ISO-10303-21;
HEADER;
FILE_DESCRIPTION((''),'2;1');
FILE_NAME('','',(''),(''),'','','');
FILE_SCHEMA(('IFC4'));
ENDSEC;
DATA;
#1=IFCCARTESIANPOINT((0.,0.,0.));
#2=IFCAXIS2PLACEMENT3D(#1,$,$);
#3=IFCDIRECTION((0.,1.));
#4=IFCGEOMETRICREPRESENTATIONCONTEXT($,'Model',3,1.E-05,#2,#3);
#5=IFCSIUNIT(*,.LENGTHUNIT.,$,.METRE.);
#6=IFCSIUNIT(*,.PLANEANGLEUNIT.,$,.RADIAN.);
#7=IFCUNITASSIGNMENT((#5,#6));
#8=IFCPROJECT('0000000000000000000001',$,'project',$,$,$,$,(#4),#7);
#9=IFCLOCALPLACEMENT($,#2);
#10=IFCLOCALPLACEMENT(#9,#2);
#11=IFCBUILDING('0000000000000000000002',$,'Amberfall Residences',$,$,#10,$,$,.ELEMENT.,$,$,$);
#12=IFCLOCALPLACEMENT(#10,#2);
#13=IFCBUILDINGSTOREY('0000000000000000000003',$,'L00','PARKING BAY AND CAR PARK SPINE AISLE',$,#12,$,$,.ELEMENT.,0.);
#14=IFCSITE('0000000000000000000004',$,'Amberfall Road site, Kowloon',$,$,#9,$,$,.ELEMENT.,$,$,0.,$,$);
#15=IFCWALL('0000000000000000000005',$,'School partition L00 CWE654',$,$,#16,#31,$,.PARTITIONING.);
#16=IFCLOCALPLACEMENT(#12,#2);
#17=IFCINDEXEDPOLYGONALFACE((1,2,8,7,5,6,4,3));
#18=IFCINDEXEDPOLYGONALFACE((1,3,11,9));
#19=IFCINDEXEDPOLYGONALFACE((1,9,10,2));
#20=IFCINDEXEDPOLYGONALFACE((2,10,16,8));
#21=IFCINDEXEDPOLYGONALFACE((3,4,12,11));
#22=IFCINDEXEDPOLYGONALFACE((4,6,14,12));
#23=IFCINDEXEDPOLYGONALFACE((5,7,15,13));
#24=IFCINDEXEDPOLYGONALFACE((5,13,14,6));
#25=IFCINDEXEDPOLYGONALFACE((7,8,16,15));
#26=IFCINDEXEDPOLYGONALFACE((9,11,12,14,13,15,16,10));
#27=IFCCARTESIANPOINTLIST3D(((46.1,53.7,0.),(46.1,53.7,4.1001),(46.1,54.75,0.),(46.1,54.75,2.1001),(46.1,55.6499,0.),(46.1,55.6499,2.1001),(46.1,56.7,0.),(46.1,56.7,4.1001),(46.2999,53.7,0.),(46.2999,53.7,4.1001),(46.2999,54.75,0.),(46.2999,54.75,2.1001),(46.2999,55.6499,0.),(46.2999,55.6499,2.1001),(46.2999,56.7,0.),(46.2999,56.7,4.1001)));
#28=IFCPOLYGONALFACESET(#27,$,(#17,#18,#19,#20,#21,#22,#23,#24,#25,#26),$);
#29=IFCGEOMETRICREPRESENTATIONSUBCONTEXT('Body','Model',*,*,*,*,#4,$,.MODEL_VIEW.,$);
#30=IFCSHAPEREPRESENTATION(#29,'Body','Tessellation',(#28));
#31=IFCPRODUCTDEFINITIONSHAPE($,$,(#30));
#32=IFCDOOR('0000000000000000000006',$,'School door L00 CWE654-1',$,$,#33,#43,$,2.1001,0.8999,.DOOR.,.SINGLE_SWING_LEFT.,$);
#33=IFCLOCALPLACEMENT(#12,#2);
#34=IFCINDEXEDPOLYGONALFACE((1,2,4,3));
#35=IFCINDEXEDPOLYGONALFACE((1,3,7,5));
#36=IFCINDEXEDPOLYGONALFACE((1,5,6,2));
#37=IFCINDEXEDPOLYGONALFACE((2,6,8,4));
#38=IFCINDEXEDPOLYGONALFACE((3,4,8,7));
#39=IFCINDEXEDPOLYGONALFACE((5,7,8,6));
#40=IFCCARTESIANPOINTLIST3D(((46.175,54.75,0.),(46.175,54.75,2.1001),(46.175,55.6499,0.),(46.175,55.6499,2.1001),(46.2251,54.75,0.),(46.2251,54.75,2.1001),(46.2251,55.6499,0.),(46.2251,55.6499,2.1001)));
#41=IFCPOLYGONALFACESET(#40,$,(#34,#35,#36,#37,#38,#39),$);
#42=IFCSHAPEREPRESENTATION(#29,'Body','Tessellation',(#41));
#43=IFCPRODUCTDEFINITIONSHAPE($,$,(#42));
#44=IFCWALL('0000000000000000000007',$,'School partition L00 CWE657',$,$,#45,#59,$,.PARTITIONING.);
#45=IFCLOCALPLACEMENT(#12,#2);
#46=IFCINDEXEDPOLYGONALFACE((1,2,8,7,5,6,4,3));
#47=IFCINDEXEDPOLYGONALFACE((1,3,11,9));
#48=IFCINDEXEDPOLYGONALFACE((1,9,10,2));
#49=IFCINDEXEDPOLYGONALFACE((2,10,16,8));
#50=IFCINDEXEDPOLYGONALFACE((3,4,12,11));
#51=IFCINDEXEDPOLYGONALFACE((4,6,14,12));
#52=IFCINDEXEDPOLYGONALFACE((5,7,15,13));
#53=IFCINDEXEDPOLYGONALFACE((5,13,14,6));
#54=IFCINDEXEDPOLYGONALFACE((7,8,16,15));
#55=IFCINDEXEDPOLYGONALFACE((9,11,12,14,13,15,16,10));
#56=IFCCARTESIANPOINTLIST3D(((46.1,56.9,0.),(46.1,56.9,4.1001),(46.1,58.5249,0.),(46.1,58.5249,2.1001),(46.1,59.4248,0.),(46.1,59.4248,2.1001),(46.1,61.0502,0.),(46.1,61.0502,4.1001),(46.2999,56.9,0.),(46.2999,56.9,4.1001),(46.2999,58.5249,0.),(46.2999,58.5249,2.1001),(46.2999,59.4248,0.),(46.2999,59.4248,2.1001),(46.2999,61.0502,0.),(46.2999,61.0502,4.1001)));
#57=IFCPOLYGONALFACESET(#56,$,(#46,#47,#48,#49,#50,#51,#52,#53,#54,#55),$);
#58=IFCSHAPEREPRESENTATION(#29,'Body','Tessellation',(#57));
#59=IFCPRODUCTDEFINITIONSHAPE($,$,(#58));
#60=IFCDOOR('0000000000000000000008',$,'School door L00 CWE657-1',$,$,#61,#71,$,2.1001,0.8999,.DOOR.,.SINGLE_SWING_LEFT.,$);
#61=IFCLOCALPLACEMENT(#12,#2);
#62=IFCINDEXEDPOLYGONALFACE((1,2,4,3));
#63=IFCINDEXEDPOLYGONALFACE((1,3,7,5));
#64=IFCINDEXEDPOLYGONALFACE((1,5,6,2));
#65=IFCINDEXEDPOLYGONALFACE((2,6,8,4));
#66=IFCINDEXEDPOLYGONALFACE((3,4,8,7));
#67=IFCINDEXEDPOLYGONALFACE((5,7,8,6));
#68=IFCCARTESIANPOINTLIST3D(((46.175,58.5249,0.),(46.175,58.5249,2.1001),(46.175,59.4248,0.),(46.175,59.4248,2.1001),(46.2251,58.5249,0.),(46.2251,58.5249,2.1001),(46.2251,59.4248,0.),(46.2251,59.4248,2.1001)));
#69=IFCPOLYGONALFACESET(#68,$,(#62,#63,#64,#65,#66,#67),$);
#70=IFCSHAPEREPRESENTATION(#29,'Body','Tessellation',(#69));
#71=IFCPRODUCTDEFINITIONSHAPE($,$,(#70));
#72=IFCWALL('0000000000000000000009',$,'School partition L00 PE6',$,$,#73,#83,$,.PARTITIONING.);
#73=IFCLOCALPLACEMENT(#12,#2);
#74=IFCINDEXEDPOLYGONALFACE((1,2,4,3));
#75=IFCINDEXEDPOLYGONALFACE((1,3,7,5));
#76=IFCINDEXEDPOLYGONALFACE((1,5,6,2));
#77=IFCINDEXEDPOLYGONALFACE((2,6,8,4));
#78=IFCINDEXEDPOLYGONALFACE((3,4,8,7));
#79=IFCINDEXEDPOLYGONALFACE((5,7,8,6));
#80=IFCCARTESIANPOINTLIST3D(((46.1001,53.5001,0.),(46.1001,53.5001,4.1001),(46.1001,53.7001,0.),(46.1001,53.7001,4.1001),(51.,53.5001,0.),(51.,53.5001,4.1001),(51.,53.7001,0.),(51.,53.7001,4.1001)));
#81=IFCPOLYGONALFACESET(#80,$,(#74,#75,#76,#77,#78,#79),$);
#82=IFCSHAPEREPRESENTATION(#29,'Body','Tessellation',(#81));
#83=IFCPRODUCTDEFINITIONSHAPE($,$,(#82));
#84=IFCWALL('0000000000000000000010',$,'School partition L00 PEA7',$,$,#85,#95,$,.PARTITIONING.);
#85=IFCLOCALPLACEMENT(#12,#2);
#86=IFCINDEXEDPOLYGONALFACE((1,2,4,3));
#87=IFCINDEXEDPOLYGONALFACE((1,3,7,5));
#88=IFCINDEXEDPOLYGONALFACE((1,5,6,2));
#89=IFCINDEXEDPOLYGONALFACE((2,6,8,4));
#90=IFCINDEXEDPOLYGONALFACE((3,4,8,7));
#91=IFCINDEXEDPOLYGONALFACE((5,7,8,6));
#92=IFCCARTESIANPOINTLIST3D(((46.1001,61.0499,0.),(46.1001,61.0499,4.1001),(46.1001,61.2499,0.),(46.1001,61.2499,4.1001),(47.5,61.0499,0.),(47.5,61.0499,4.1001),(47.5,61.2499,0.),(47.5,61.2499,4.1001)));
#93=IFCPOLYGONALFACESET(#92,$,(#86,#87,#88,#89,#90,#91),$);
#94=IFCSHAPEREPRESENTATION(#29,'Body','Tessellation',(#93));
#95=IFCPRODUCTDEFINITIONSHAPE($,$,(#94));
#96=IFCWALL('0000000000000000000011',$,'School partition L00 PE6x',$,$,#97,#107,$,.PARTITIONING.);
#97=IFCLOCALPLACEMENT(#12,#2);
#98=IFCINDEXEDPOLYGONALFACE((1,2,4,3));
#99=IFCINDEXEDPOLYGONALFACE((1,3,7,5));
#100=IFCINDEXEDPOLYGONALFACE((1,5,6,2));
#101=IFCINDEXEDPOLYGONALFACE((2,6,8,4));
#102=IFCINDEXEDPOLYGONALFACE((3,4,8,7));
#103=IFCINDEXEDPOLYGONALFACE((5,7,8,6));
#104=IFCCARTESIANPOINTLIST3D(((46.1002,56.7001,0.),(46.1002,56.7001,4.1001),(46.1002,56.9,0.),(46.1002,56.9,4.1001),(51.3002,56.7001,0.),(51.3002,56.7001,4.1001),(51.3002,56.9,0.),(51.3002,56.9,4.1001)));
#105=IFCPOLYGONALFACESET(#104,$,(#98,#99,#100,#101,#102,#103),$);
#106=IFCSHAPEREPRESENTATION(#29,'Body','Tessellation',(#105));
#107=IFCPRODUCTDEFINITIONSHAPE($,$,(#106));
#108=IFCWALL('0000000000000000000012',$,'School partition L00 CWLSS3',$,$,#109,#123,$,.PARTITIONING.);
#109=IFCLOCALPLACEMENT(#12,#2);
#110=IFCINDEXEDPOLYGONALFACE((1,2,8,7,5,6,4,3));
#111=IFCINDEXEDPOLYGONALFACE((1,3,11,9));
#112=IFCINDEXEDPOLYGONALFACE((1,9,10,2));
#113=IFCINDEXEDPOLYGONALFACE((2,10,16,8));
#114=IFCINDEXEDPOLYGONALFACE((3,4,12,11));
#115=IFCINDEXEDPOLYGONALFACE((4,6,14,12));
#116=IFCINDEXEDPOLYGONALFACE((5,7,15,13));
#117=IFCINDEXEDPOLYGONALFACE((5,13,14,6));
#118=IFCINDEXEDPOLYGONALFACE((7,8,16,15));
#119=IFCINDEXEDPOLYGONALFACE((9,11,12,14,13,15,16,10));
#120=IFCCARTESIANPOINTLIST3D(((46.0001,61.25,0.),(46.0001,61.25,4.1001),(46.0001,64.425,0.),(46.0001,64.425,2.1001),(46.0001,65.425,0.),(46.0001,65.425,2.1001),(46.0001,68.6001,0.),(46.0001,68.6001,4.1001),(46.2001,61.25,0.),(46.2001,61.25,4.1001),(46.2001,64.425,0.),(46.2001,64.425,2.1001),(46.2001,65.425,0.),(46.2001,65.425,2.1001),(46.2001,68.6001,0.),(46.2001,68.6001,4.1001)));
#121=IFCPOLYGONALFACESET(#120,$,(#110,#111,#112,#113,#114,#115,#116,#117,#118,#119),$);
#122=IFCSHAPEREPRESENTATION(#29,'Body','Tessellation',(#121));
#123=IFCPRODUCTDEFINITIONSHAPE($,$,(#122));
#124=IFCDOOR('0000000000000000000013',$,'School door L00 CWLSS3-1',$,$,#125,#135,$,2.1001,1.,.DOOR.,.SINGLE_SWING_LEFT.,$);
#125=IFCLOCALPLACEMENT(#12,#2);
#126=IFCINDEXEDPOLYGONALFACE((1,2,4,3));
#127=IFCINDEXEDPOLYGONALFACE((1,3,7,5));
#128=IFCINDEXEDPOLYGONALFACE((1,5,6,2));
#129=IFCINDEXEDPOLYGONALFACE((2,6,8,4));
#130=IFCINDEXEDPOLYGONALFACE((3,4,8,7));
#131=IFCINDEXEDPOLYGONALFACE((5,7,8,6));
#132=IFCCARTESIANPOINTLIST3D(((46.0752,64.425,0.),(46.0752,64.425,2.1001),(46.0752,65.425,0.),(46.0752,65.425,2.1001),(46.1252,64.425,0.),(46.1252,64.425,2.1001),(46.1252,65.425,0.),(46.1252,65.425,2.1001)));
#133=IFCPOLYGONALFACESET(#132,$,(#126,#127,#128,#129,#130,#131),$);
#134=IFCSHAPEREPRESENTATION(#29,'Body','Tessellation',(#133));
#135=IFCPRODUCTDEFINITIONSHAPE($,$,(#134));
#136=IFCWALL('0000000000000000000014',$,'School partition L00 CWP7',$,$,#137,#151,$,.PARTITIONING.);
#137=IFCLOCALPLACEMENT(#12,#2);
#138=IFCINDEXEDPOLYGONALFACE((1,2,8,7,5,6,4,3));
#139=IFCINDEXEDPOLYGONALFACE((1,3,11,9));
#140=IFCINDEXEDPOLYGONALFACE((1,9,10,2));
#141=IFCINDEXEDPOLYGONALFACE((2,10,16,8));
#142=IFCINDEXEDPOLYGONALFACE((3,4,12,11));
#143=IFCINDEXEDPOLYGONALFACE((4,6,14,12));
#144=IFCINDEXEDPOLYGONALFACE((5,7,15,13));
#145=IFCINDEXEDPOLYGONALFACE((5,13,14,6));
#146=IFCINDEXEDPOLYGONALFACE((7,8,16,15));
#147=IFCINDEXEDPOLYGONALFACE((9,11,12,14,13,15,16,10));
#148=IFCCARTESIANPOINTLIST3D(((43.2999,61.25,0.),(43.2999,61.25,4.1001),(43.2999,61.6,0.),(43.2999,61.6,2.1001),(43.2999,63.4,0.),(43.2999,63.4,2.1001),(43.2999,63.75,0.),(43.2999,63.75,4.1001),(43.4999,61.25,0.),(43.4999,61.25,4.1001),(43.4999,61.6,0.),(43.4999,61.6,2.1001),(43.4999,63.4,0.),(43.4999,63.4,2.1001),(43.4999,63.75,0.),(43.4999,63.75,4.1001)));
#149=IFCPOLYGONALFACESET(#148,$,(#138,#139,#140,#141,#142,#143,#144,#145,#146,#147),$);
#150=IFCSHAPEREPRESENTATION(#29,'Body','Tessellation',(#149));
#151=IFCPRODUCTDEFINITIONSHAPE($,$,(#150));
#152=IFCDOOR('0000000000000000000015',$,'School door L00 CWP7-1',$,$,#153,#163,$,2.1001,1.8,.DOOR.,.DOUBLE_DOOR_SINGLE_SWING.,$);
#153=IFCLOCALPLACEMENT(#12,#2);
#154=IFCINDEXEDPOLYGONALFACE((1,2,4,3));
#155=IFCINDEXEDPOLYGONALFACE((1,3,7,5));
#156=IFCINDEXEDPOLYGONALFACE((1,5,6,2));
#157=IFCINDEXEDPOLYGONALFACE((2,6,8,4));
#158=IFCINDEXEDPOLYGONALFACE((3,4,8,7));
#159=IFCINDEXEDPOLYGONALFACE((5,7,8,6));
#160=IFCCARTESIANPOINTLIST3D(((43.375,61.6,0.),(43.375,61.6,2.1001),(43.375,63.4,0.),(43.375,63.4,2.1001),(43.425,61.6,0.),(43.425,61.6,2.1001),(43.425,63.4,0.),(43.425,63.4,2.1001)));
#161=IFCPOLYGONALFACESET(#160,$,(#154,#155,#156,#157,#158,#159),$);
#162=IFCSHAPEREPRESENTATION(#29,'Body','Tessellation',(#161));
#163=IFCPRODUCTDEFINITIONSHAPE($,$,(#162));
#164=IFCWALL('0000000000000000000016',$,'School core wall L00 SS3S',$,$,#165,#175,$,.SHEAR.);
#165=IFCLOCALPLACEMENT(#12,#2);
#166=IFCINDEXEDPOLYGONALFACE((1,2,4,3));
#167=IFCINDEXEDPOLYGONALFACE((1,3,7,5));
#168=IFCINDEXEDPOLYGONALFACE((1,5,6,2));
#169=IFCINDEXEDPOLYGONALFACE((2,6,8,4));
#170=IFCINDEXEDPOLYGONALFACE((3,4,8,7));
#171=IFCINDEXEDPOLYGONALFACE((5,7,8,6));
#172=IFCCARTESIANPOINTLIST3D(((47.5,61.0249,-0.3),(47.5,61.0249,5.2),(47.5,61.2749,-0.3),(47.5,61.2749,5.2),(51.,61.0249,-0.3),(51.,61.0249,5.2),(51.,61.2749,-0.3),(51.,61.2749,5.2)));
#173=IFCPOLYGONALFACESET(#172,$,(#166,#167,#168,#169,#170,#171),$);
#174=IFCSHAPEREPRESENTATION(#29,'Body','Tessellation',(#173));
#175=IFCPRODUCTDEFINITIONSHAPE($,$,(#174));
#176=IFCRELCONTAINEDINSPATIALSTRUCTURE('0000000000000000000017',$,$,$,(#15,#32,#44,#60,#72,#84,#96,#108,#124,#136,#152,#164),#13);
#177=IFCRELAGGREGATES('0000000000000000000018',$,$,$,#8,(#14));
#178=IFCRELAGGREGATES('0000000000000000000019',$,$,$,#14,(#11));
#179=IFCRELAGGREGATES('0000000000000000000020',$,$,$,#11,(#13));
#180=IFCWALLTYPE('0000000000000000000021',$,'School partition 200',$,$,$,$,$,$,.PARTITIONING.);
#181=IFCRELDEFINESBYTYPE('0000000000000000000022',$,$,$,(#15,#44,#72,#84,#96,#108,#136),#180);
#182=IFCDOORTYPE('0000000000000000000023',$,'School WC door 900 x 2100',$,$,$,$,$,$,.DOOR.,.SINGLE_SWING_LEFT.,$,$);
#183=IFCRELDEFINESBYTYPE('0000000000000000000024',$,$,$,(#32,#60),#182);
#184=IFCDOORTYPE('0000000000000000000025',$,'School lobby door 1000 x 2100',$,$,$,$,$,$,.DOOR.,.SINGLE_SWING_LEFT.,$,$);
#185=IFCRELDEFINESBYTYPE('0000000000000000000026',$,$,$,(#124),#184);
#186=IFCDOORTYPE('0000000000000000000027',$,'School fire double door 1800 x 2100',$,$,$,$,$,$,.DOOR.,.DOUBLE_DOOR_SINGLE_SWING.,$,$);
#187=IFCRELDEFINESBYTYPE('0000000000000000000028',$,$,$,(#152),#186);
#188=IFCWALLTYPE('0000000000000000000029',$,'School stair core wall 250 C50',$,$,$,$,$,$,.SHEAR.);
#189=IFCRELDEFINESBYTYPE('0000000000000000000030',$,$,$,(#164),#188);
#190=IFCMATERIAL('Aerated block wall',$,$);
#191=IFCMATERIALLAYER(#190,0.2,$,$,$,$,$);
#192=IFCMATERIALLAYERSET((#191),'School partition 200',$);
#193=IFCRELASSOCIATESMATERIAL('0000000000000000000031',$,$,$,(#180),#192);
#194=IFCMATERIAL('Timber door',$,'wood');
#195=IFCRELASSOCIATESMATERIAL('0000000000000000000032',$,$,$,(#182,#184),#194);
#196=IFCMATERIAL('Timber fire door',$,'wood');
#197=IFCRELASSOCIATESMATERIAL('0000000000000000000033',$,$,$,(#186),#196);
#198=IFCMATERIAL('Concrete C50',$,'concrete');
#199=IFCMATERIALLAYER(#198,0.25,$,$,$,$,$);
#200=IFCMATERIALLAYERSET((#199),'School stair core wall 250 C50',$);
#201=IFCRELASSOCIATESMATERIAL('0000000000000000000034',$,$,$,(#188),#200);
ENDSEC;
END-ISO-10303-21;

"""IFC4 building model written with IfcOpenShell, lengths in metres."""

from ifc_helpers import new_model, si_unit, direction, frame, frame_2d, origin, place, context, subcontext, project, spatial, rectangle, extrude, material, layer, layer_set, type_object, element, fill, save


model = new_model("IFC4")

# Units and contexts
model_context = context("Model", 3, precision=1e-05, world=origin(), true_north=direction((0.0, 1.0)))
body_context = subcontext(model_context, "Body", "Model", "MODEL_VIEW")
ifc_project = project(units=[si_unit("LENGTHUNIT", "METRE"), si_unit("PLANEANGLEUNIT", "RADIAN")], contexts=[model_context])

# Site, building, storey
site_placement = place(None, origin())
site = spatial("IfcSite", under=ifc_project, at=site_placement, Name="Amberfall Road site, Kowloon", CompositionType="ELEMENT", RefElevation=0.0)
building_placement = place(site_placement, origin())
building = spatial("IfcBuilding", under=site, at=building_placement, Name="Amberfall Residences", CompositionType="ELEMENT")
storey_placement = place(building_placement, origin())
storey = spatial("IfcBuildingStorey", under=building, at=storey_placement, Name="L00", Description="PARKING BAY AND CAR PARK SPINE AISLE", CompositionType="ELEMENT", Elevation=0.0)

# Shared definitions
ifc_material_1 = material(Name="Concrete C50", Category="concrete")

# Shared definitions
ifc_material_2 = material(Name="Aerated block wall")
ifc_material_3 = material(Name="Timber door", Category="wood")

# Shared definitions
ifc_layer_1 = layer(ifc_material_2, 0.2)
ifc_layer_set_1 = layer_set([ifc_layer_1], Name="School partition 200")
wall_type_1 = type_object("IfcWallType", Name="School partition 200", PredefinedType="PARTITIONING", material=ifc_layer_set_1)

# Walls, openings, doors
wall_1_placement = place(storey_placement, frame((46.2, 53.7, 0.0), z_axis=(0.0, 0.0, 1.0), x_axis=(0.0, 1.0, 0.0)))
wall_1 = element("IfcWall", 1, at=wall_1_placement, inside=storey, type_object=wall_type_1, Name="School partition L00 CWE654", PredefinedType="PARTITIONING", context=body_context, shape_type="SweptSolid", body=[
    extrude(rectangle(XDim=3.0, YDim=0.2, at=frame_2d((1.5, 0.0))), origin(), (0.0, 0.0, 1.0), 4.1001),
])
opening_1_placement = place(wall_1_placement, frame((1.05, 0.0, 0.0)))
opening_1 = element("IfcOpeningElement", 2, at=opening_1_placement, cuts=wall_1, PredefinedType="OPENING", context=body_context, shape_type="SweptSolid", body=[
    extrude(rectangle(XDim=0.8999, YDim=2.1001, at=frame_2d((0.45, 1.05))), frame((0.0, 0.1099, 0.0), z_axis=(0.0, -1.0, 0.0), x_axis=(1.0, 0.0, 0.0)), (0.0, 0.0, 1.0), 0.22),
])
door_type_1 = type_object("IfcDoorType", Name="School WC door 900 x 2100", OperationType="SINGLE_SWING_LEFT", PredefinedType="DOOR", material=ifc_material_3)
door_1_placement = place(opening_1_placement, origin())
door_1 = element("IfcDoor", 3, at=door_1_placement, inside=storey, type_object=door_type_1, Name="School door L00 CWE654-1", OperationType="SINGLE_SWING_LEFT", OverallHeight=2.1001, OverallWidth=0.8999, PredefinedType="DOOR", context=body_context, shape_type="SweptSolid", body=[
    extrude(rectangle(XDim=0.8999, YDim=2.1001, at=frame_2d((0.45, 1.05))), frame((0.0, 0.0249, 0.0), z_axis=(0.0, -1.0, 0.0), x_axis=(1.0, 0.0, 0.0)), (0.0, 0.0, 1.0), 0.05),
])
fill(opening_1, door_1)
wall_2_placement = place(storey_placement, frame((46.2, 56.8999, 0.0), z_axis=(0.0, 0.0, 1.0), x_axis=(0.0, 1.0, 0.0)))
wall_2 = element("IfcWall", 4, at=wall_2_placement, inside=storey, type_object=wall_type_1, Name="School partition L00 CWE657", PredefinedType="PARTITIONING", context=body_context, shape_type="SweptSolid", body=[
    extrude(rectangle(XDim=4.1501, YDim=0.2, at=frame_2d((2.0752, 0.0))), origin(), (0.0, 0.0, 1.0), 4.1001),
])
opening_2_placement = place(wall_2_placement, frame((1.625, 0.0, 0.0)))
opening_2 = element("IfcOpeningElement", 5, at=opening_2_placement, cuts=wall_2, PredefinedType="OPENING", context=body_context, shape_type="SweptSolid", body=[
    extrude(rectangle(XDim=0.8999, YDim=2.1001, at=frame_2d((0.45, 1.05))), frame((0.0, 0.1099, 0.0), z_axis=(0.0, -1.0, 0.0), x_axis=(1.0, 0.0, 0.0)), (0.0, 0.0, 1.0), 0.22),
])
door_2_placement = place(opening_2_placement, origin())
door_2 = element("IfcDoor", 6, at=door_2_placement, inside=storey, type_object=door_type_1, Name="School door L00 CWE657-1", OperationType="SINGLE_SWING_LEFT", OverallHeight=2.1001, OverallWidth=0.8999, PredefinedType="DOOR", context=body_context, shape_type="SweptSolid", body=[
    extrude(rectangle(XDim=0.8999, YDim=2.1001, at=frame_2d((0.45, 1.05))), frame((0.0, 0.0249, 0.0), z_axis=(0.0, -1.0, 0.0), x_axis=(1.0, 0.0, 0.0)), (0.0, 0.0, 1.0), 0.05),
])
fill(opening_2, door_2)

# Walls
wall_3_placement = place(storey_placement, frame((46.1001, 53.6001, 0.0), z_axis=(0.0, 0.0, 1.0), x_axis=(1.0, 0.0, 0.0)))
element("IfcWall", 7, at=wall_3_placement, inside=storey, type_object=wall_type_1, Name="School partition L00 PE6", PredefinedType="PARTITIONING", context=body_context, shape_type="SweptSolid", body=[
    extrude(rectangle(XDim=4.8999, YDim=0.2, at=frame_2d((2.45, 0.0))), origin(), (0.0, 0.0, 1.0), 4.1001),
])
wall_4_placement = place(storey_placement, frame((46.1001, 61.1499, 0.0), z_axis=(0.0, 0.0, 1.0), x_axis=(1.0, 0.0, 0.0)))
element("IfcWall", 8, at=wall_4_placement, inside=storey, type_object=wall_type_1, Name="School partition L00 PEA7", PredefinedType="PARTITIONING", context=body_context, shape_type="SweptSolid", body=[
    extrude(rectangle(XDim=1.3999, YDim=0.2, at=frame_2d((0.7, 0.0))), origin(), (0.0, 0.0, 1.0), 4.1001),
])
wall_5_placement = place(storey_placement, frame((46.1001, 56.8, 0.0), z_axis=(0.0, 0.0, 1.0), x_axis=(1.0, 0.0, 0.0)))
element("IfcWall", 9, at=wall_5_placement, inside=storey, type_object=wall_type_1, Name="School partition L00 PE6x", PredefinedType="PARTITIONING", context=body_context, shape_type="SweptSolid", body=[
    extrude(rectangle(XDim=5.2, YDim=0.2, at=frame_2d((2.6001, 0.0))), origin(), (0.0, 0.0, 1.0), 4.1001),
])

# Walls, openings, doors
wall_6_placement = place(storey_placement, frame((46.1001, 61.25, 0.0), z_axis=(0.0, 0.0, 1.0), x_axis=(0.0, 1.0, 0.0)))
wall_6 = element("IfcWall", 10, at=wall_6_placement, inside=storey, type_object=wall_type_1, Name="School partition L00 CWLSS3", PredefinedType="PARTITIONING", context=body_context, shape_type="SweptSolid", body=[
    extrude(rectangle(XDim=7.3501, YDim=0.2, at=frame_2d((3.675, 0.0))), origin(), (0.0, 0.0, 1.0), 4.1001),
])
opening_3_placement = place(wall_6_placement, frame((3.175, 0.0, 0.0)))
opening_3 = element("IfcOpeningElement", 11, at=opening_3_placement, cuts=wall_6, PredefinedType="OPENING", context=body_context, shape_type="SweptSolid", body=[
    extrude(rectangle(XDim=1.0, YDim=2.1001, at=frame_2d((0.5, 1.05))), frame((0.0, 0.1099, 0.0), z_axis=(0.0, -1.0, 0.0), x_axis=(1.0, 0.0, 0.0)), (0.0, 0.0, 1.0), 0.22),
])
door_type_2 = type_object("IfcDoorType", Name="School lobby door 1000 x 2100", OperationType="SINGLE_SWING_LEFT", PredefinedType="DOOR", material=ifc_material_3)
door_3_placement = place(opening_3_placement, origin())
door_3 = element("IfcDoor", 12, at=door_3_placement, inside=storey, type_object=door_type_2, Name="School door L00 CWLSS3-1", OperationType="SINGLE_SWING_LEFT", OverallHeight=2.1001, OverallWidth=1.0, PredefinedType="DOOR", context=body_context, shape_type="SweptSolid", body=[
    extrude(rectangle(XDim=1.0, YDim=2.1001, at=frame_2d((0.5, 1.05))), frame((0.0, 0.0249, 0.0), z_axis=(0.0, -1.0, 0.0), x_axis=(1.0, 0.0, 0.0)), (0.0, 0.0, 1.0), 0.05),
])
fill(opening_3, door_3)
wall_7_placement = place(storey_placement, frame((43.3999, 61.25, 0.0), z_axis=(0.0, 0.0, 1.0), x_axis=(0.0, 1.0, 0.0)))
wall_7 = element("IfcWall", 13, at=wall_7_placement, inside=storey, type_object=wall_type_1, Name="School partition L00 CWP7", PredefinedType="PARTITIONING", context=body_context, shape_type="SweptSolid", body=[
    extrude(rectangle(XDim=2.5, YDim=0.2, at=frame_2d((1.25, 0.0))), origin(), (0.0, 0.0, 1.0), 4.1001),
])
opening_4_placement = place(wall_7_placement, frame((0.3501, 0.0, 0.0)))
opening_4 = element("IfcOpeningElement", 14, at=opening_4_placement, cuts=wall_7, PredefinedType="OPENING", context=body_context, shape_type="SweptSolid", body=[
    extrude(rectangle(XDim=1.8, YDim=2.1001, at=frame_2d((0.8999, 1.05))), frame((0.0, 0.1099, 0.0), z_axis=(0.0, -1.0, 0.0), x_axis=(1.0, 0.0, 0.0)), (0.0, 0.0, 1.0), 0.22),
])
ifc_material_4 = material(Name="Timber fire door", Category="wood")
door_type_3 = type_object("IfcDoorType", Name="School fire double door 1800 x 2100", OperationType="DOUBLE_DOOR_SINGLE_SWING", PredefinedType="DOOR", material=ifc_material_4)
door_4_placement = place(opening_4_placement, origin())
door_4 = element("IfcDoor", 15, at=door_4_placement, inside=storey, type_object=door_type_3, Name="School door L00 CWP7-1", OperationType="DOUBLE_DOOR_SINGLE_SWING", OverallHeight=2.1001, OverallWidth=1.8, PredefinedType="DOOR", context=body_context, shape_type="SweptSolid", body=[
    extrude(rectangle(XDim=1.8, YDim=2.1001, at=frame_2d((0.8999, 1.05))), frame((0.0, 0.0249, 0.0), z_axis=(0.0, -1.0, 0.0), x_axis=(1.0, 0.0, 0.0)), (0.0, 0.0, 1.0), 0.05),
])
fill(opening_4, door_4)

# Wall
ifc_layer_2 = layer(ifc_material_1, 0.25)
ifc_layer_set_2 = layer_set([ifc_layer_2], Name="School stair core wall 250 C50")
wall_type_2 = type_object("IfcWallType", Name="School stair core wall 250 C50", PredefinedType="SHEAR", material=ifc_layer_set_2)
wall_8_placement = place(storey_placement, frame((47.5, 61.1499, -0.3), z_axis=(0.0, 0.0, 1.0), x_axis=(1.0, 0.0, 0.0)))
element("IfcWall", 16, at=wall_8_placement, inside=storey, type_object=wall_type_2, Name="School core wall L00 SS3S", PredefinedType="SHEAR", context=body_context, shape_type="SweptSolid", body=[
    extrude(rectangle(XDim=3.5, YDim=0.25, at=frame_2d((1.75, 0.0))), origin(), (0.0, 0.0, 1.0), 5.5),
])

save(model, "model.ifc")
